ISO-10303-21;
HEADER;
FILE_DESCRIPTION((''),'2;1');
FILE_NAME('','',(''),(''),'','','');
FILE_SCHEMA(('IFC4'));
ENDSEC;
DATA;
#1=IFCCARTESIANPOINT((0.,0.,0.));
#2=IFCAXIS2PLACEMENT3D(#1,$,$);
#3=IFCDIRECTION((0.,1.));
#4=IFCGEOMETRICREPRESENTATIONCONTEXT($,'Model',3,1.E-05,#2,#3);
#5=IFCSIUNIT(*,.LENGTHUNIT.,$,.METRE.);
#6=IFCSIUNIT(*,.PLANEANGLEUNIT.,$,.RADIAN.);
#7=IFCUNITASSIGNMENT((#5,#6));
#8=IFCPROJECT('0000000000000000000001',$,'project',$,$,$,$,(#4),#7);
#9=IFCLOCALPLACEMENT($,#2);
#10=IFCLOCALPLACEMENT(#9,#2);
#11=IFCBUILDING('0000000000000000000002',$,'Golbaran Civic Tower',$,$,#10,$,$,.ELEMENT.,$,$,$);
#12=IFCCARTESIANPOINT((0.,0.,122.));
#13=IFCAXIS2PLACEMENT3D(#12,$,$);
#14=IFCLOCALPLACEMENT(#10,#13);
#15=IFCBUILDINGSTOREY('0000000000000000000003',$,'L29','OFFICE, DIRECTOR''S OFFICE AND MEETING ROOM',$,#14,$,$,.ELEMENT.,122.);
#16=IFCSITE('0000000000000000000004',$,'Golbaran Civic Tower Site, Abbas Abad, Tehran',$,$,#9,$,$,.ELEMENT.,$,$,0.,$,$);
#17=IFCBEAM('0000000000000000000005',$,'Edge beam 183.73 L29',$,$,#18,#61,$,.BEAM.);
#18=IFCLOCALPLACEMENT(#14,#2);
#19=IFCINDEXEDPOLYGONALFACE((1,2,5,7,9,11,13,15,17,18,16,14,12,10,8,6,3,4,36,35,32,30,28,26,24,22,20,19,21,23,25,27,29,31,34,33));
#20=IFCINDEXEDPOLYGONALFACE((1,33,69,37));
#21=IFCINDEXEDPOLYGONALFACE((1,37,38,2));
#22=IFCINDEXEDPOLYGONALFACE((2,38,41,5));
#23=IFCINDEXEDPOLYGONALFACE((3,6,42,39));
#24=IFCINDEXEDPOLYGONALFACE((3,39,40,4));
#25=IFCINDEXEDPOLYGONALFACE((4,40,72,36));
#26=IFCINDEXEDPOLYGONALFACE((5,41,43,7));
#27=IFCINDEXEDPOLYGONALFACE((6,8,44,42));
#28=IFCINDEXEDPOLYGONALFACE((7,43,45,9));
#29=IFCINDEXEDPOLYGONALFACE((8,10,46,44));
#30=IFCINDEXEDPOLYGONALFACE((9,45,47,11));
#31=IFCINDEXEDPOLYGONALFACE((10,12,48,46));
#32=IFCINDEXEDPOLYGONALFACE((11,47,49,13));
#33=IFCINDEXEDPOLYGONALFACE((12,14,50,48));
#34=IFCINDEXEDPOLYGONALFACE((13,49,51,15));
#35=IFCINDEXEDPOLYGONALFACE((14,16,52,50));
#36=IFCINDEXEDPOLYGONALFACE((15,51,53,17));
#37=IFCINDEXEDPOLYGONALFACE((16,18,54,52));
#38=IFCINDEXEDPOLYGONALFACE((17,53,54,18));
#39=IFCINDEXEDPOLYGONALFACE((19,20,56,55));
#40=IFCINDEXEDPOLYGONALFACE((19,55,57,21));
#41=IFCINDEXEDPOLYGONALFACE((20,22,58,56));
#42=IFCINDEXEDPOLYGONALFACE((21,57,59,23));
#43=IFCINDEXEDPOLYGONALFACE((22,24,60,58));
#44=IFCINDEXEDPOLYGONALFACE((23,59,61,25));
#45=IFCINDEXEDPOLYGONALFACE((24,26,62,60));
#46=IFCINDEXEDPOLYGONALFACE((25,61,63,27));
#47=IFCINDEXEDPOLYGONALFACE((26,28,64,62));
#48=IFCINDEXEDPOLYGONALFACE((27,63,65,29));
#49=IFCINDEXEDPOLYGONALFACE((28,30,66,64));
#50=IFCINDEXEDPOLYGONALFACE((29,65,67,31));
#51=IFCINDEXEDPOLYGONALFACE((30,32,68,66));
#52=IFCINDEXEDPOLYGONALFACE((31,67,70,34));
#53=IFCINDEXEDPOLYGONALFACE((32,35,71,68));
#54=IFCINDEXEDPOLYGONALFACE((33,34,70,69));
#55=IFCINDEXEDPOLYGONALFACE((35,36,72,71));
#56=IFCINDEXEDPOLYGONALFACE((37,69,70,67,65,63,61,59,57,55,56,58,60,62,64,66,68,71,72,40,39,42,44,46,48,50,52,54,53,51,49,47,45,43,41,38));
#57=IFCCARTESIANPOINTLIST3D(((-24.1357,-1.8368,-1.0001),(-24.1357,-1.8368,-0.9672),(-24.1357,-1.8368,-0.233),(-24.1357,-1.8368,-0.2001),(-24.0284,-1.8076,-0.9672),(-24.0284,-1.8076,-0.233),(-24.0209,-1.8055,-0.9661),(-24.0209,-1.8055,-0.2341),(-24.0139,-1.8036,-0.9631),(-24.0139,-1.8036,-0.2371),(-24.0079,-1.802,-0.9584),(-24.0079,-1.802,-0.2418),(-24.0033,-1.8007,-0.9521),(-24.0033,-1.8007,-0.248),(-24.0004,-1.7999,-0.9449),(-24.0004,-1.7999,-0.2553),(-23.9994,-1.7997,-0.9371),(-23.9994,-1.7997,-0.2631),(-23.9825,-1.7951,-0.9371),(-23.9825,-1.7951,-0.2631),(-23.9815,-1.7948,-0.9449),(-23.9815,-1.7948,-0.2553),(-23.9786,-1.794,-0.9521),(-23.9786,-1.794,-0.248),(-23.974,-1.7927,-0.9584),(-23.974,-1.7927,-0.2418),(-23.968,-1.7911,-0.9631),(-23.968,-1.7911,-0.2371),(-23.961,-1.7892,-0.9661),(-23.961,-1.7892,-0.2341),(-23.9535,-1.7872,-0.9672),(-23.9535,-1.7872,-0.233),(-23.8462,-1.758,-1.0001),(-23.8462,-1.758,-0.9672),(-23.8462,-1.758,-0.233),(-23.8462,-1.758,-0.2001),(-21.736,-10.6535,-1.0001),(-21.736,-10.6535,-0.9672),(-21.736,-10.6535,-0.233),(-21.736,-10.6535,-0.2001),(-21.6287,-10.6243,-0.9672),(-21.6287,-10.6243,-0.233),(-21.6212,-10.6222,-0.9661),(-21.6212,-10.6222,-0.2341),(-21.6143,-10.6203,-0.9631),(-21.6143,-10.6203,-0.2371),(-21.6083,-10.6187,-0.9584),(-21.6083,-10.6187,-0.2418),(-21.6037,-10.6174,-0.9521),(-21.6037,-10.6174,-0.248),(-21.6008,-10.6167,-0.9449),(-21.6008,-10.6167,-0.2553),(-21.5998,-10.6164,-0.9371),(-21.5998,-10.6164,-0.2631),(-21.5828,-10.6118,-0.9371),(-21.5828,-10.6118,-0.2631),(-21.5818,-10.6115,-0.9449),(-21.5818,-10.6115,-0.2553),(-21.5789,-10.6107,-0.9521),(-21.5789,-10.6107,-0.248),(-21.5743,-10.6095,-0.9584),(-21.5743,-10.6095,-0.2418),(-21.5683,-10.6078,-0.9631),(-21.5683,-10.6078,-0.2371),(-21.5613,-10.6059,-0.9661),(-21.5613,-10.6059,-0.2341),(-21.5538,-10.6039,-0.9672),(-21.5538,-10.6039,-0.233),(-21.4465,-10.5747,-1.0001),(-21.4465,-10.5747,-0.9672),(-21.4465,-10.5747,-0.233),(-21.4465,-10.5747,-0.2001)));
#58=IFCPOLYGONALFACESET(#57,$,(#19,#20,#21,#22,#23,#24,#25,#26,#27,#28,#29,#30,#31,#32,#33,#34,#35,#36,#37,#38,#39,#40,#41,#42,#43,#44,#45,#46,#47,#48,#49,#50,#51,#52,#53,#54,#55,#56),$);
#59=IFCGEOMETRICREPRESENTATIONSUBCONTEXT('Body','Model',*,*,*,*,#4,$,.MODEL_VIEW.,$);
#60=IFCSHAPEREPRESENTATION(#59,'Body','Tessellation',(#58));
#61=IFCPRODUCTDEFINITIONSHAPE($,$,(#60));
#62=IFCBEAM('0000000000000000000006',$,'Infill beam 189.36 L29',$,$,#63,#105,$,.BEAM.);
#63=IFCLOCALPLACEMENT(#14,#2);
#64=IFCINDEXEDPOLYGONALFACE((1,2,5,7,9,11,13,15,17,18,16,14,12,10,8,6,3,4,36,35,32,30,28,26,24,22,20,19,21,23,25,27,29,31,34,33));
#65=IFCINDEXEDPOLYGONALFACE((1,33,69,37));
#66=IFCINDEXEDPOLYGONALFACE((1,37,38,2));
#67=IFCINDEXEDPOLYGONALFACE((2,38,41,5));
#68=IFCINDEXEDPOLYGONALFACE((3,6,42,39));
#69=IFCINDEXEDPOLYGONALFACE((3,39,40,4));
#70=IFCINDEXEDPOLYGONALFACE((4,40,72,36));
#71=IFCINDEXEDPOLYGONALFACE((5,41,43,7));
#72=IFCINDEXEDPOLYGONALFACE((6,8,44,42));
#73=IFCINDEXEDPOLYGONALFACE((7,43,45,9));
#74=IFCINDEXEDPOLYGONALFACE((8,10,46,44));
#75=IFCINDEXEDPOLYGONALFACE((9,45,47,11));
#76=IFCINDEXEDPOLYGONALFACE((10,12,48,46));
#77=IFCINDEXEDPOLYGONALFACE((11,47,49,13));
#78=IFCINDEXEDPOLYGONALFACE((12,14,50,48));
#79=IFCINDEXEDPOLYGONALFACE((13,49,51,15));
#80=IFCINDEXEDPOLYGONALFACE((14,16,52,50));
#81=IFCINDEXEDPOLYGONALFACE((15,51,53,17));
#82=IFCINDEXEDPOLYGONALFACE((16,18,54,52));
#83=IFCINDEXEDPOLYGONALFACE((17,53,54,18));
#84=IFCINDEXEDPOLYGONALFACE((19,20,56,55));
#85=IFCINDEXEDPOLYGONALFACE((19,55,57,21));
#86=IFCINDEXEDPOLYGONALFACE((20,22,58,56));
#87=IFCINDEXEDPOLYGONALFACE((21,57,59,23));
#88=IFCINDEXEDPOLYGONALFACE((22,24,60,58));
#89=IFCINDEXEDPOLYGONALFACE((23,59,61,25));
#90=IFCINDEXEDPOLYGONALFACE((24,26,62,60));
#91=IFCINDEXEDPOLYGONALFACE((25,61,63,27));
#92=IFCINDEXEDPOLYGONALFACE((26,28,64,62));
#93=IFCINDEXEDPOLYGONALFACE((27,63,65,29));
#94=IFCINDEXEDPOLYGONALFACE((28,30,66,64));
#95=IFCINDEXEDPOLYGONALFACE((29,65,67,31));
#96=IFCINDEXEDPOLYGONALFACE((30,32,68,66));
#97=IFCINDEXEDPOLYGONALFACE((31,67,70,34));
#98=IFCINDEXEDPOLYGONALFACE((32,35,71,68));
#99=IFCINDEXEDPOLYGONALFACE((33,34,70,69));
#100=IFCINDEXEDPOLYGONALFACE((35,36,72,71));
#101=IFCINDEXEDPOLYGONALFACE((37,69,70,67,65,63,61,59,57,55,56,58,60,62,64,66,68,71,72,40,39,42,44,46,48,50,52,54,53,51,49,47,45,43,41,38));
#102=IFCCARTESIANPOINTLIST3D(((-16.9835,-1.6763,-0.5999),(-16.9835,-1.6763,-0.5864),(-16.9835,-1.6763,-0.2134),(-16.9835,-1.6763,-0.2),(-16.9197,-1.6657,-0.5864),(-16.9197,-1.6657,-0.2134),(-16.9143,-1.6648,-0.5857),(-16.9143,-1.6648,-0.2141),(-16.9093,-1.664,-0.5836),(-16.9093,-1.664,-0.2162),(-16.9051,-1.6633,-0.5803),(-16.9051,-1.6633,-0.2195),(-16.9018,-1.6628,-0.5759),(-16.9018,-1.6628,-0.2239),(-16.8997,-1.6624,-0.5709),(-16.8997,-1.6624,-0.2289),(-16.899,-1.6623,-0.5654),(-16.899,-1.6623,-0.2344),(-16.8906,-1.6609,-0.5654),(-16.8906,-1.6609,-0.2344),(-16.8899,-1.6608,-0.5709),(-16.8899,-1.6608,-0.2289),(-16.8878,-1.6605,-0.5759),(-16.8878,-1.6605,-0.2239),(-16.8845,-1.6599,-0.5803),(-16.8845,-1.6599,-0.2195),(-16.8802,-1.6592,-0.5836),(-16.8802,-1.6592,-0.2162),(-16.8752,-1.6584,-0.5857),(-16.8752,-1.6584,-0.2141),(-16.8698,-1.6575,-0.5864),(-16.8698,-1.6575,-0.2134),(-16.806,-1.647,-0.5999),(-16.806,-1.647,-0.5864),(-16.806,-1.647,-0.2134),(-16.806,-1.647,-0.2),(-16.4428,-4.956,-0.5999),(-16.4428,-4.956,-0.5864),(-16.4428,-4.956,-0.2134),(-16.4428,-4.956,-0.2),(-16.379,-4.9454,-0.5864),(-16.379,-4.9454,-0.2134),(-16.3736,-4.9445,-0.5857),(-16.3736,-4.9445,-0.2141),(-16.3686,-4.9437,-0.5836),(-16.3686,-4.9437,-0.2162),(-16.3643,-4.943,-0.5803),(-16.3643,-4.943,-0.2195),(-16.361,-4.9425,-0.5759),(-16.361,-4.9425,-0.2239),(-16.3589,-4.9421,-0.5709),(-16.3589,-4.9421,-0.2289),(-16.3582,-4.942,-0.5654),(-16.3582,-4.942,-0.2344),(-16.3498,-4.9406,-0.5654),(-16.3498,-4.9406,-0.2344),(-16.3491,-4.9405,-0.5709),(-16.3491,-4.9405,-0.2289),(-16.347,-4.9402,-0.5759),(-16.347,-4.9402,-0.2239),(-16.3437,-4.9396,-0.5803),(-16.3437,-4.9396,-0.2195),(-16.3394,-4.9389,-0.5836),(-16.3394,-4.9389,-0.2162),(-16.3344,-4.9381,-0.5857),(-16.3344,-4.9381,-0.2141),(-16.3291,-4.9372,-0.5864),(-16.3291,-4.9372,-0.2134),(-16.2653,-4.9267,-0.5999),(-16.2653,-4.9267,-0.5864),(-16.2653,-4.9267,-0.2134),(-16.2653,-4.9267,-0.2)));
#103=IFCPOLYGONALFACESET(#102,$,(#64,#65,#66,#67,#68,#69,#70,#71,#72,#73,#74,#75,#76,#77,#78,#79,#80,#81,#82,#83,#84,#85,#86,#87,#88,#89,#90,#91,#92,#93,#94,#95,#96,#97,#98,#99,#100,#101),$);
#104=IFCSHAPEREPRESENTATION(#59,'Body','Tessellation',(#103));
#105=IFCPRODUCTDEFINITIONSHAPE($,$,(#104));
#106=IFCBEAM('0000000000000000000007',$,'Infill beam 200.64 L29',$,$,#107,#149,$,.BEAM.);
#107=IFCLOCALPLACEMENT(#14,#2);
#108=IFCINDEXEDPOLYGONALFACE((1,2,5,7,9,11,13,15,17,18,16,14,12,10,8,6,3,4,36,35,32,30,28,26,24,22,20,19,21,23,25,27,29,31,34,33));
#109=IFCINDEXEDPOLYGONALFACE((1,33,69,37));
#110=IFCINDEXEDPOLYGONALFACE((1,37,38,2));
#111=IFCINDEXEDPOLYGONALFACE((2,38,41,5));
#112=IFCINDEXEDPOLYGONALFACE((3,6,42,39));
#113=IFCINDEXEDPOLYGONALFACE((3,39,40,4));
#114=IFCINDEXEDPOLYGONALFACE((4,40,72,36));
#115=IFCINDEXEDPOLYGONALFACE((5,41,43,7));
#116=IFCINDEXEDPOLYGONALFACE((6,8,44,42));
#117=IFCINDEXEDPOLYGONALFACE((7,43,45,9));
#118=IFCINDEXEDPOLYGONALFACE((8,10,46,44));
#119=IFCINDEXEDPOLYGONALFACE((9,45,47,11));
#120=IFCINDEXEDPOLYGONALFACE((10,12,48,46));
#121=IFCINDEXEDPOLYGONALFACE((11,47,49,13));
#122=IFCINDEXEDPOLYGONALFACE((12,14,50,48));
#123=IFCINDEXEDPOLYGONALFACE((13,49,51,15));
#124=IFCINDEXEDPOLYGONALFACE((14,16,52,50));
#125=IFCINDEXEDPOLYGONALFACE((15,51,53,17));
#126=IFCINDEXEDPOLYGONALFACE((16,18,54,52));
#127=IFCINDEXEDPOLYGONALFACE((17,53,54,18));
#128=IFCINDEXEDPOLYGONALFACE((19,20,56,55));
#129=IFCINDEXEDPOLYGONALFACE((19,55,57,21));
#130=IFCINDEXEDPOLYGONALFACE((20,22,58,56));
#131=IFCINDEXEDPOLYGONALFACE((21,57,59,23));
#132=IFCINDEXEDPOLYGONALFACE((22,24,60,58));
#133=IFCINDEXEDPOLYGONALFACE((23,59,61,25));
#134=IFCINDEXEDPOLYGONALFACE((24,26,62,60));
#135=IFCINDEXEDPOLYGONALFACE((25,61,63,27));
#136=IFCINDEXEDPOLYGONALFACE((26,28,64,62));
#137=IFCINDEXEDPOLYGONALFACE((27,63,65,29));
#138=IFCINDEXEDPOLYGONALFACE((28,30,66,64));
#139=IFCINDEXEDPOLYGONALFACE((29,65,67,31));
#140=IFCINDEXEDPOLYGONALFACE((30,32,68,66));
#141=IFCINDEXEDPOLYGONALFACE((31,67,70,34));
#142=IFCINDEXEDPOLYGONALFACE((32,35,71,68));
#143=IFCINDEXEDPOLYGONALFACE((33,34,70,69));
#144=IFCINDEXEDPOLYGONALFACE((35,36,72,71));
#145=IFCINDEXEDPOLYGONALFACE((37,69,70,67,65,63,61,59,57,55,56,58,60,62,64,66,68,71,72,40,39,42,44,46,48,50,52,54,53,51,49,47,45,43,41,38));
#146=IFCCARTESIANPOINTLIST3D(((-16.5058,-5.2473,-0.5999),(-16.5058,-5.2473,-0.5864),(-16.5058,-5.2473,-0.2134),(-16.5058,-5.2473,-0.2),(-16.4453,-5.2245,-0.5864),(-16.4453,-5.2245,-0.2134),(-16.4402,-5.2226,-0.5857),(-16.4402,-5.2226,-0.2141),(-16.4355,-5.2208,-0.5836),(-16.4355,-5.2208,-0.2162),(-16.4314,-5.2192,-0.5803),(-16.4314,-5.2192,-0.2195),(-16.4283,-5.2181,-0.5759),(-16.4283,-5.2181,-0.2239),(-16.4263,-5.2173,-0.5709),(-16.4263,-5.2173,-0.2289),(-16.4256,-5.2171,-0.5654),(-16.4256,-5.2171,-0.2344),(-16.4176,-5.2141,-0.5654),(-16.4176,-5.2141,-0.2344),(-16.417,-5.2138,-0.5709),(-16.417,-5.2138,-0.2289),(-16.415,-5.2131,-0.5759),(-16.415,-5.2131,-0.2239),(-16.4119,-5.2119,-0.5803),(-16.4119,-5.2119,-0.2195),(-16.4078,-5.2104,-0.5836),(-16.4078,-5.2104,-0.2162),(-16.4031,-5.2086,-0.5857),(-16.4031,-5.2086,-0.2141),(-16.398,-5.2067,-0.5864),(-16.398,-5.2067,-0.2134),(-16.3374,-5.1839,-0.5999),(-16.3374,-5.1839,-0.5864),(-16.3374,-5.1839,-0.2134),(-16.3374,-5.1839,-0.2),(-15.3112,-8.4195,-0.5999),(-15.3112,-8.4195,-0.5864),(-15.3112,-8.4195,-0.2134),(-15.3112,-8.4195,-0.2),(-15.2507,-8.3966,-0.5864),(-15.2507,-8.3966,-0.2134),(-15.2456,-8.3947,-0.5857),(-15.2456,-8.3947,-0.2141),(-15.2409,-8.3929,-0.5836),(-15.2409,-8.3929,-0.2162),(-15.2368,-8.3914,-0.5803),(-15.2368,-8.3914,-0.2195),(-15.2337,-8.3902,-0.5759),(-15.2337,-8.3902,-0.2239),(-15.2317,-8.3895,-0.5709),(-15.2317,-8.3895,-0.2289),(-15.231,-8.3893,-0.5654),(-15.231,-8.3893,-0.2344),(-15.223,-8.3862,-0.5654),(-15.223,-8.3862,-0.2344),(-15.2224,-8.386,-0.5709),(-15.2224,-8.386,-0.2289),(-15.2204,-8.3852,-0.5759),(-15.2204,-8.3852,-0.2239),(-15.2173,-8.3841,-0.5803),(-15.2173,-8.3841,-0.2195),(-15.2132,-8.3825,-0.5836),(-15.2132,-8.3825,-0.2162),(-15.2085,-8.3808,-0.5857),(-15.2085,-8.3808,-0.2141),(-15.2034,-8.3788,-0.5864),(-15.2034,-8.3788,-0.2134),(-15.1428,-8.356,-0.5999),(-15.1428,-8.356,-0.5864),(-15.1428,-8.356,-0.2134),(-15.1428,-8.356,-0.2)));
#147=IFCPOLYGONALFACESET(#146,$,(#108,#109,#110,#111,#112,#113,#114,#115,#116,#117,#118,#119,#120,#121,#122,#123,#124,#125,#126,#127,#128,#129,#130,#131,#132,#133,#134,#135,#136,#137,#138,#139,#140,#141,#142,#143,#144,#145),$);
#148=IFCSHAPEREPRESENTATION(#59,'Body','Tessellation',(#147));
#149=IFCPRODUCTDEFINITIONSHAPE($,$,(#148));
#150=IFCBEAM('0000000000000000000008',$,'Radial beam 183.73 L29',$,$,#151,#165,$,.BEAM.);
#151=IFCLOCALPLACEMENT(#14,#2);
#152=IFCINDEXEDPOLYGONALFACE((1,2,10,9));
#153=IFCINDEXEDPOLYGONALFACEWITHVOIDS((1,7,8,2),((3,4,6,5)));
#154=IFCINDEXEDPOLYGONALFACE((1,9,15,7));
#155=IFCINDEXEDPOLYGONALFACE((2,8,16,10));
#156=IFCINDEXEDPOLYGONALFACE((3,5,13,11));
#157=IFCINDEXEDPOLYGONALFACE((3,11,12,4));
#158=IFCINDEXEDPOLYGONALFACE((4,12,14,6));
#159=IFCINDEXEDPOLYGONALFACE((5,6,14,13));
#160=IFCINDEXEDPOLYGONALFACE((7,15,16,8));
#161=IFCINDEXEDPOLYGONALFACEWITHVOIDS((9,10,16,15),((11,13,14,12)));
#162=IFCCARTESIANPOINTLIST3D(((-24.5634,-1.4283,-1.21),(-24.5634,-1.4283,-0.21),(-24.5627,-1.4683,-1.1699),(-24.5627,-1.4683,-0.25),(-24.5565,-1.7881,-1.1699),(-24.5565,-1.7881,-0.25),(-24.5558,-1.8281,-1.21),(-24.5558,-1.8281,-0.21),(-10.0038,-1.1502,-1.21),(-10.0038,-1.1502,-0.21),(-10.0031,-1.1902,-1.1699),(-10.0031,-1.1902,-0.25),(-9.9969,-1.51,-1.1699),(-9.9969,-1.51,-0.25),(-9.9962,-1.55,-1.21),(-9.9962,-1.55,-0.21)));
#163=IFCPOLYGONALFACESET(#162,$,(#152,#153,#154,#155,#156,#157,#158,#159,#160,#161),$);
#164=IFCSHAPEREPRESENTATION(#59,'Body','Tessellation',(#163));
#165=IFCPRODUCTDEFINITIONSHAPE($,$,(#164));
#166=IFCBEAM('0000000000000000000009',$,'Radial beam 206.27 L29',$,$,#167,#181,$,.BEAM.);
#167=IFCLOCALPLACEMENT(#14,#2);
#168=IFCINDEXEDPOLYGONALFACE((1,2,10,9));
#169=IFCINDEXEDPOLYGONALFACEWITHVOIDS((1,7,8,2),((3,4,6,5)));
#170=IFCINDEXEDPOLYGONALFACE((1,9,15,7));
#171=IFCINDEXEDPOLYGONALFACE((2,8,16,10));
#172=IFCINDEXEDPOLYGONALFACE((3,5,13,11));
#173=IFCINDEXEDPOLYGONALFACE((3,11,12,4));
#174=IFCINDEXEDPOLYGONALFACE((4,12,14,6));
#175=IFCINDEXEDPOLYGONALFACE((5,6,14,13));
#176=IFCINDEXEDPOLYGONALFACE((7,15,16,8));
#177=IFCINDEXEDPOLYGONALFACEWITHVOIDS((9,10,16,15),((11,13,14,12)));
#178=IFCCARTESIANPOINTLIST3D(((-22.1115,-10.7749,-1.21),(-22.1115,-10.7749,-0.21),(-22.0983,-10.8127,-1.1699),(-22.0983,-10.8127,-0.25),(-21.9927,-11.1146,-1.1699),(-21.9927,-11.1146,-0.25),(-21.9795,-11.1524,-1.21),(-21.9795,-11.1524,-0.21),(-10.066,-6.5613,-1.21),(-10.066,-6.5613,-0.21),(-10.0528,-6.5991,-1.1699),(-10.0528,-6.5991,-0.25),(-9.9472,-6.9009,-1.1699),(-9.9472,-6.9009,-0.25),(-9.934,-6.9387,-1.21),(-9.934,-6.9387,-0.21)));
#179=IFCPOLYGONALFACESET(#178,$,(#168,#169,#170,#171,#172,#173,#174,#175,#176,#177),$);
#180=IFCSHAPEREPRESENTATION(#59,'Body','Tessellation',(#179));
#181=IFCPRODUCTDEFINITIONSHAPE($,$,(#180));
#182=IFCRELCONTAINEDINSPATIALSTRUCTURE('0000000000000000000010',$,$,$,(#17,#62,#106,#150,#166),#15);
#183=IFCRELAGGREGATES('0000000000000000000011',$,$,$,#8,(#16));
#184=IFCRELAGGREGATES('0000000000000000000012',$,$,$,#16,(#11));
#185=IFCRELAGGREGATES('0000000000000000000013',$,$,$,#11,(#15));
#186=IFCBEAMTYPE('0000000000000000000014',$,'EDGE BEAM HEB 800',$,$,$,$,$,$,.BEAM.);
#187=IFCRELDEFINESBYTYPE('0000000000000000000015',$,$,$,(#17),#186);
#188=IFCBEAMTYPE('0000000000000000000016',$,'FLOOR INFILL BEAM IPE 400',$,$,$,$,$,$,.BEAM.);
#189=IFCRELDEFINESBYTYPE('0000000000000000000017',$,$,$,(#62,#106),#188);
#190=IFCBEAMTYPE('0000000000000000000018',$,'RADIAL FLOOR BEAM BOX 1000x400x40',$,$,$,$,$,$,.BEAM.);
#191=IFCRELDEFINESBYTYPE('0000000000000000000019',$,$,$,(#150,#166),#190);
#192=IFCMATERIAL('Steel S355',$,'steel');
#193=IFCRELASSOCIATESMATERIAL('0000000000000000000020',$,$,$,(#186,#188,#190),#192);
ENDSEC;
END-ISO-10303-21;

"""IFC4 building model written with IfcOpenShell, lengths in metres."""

from ifc_helpers import new_model, si_unit, direction, frame, origin, origin_2d, place, context, subcontext, project, spatial, hollow_rectangle, i_section, extrude, material, material_profile, profile_set, type_object, element, save


model = new_model("IFC4")

# Units and contexts
model_context = context("Model", 3, precision=1e-05, world=origin(), true_north=direction((0.0, 1.0)))
body_context = subcontext(model_context, "Body", "Model", "MODEL_VIEW")
ifc_project = project(units=[si_unit("LENGTHUNIT", "METRE"), si_unit("PLANEANGLEUNIT", "RADIAN")], contexts=[model_context])

# Site, building, storey
site_placement = place(None, origin())
site = spatial("IfcSite", under=ifc_project, at=site_placement, Name="Golbaran Civic Tower Site, Abbas Abad, Tehran", CompositionType="ELEMENT", RefElevation=0.0)
building_placement = place(site_placement, origin())
building = spatial("IfcBuilding", under=site, at=building_placement, Name="Golbaran Civic Tower", CompositionType="ELEMENT")
storey_placement = place(building_placement, frame((0.0, 0.0, 122.0)))
storey = spatial("IfcBuildingStorey", under=building, at=storey_placement, Name="L29", Description="OFFICE, DIRECTOR'S OFFICE AND MEETING ROOM", CompositionType="ELEMENT", Elevation=122.0)

# Beams
ifc_material_1 = material(Name="Steel S355", Category="steel")
ifc_material_profile_1 = material_profile(ifc_material_1, i_section(OverallWidth=0.3, OverallDepth=0.8, WebThickness=0.0176, FlangeThickness=0.033, FilletRadius=0.03, at=origin_2d()), Name="HEB 800")
ifc_profile_set_1 = profile_set([ifc_material_profile_1], Name="Steel S355")
beam_type_1 = type_object("IfcBeamType", Name="EDGE BEAM HEB 800", PredefinedType="BEAM", material=ifc_profile_set_1)
beam_1_placement = place(storey_placement, frame((-23.991, -1.7974, -0.6001), z_axis=(0.26262, -0.964899, 0.0), x_axis=(0.964899, 0.26262, 0.0)))
element("IfcBeam", 1, at=beam_1_placement, inside=storey, type_object=beam_type_1, Name="Edge beam 183.73 L29", PredefinedType="BEAM", context=body_context, shape_type="SweptSolid", body=[
    extrude(i_section(OverallWidth=0.3, OverallDepth=0.8, WebThickness=0.0176, FlangeThickness=0.033, FilletRadius=0.03, at=origin_2d()), origin(), (0.0, 0.0, 1.0), 9.1375),
])
ifc_material_profile_2 = material_profile(ifc_material_1, i_section(OverallWidth=0.1799, OverallDepth=0.3999, WebThickness=0.0085, FlangeThickness=0.0134, FilletRadius=0.021, at=origin_2d()), Name="IPE 400")
ifc_profile_set_2 = profile_set([ifc_material_profile_2], Name="Steel S355")
beam_type_2 = type_object("IfcBeamType", Name="FLOOR INFILL BEAM IPE 400", PredefinedType="BEAM", material=ifc_profile_set_2)
beam_2_placement = place(storey_placement, frame((-16.8948, -1.6616, -0.3999), z_axis=(0.162684, -0.986678, 0.0), x_axis=(0.986678, 0.162684, 0.0)))
element("IfcBeam", 2, at=beam_2_placement, inside=storey, type_object=beam_type_2, Name="Infill beam 189.36 L29", PredefinedType="BEAM", context=body_context, shape_type="SweptSolid", body=[
    extrude(i_section(OverallWidth=0.1799, OverallDepth=0.3999, WebThickness=0.0085, FlangeThickness=0.0134, FilletRadius=0.021, at=origin_2d()), origin(), (0.0, 0.0, 1.0), 3.324),
])
beam_3_placement = place(storey_placement, frame((-16.4216, -5.2156, -0.3999), z_axis=(0.352425, -0.93584, 0.0), x_axis=(0.93584, 0.352425, 0.0)))
element("IfcBeam", 3, at=beam_3_placement, inside=storey, type_object=beam_type_2, Name="Infill beam 200.64 L29", PredefinedType="BEAM", context=body_context, shape_type="SweptSolid", body=[
    extrude(i_section(OverallWidth=0.1799, OverallDepth=0.3999, WebThickness=0.0085, FlangeThickness=0.0134, FilletRadius=0.021, at=origin_2d()), origin(), (0.0, 0.0, 1.0), 3.3896),
])
ifc_material_profile_3 = material_profile(ifc_material_1, hollow_rectangle(XDim=0.3999, YDim=1.0, WallThickness=0.04, at=origin_2d()), Name="BOX 1000x400x40")
ifc_profile_set_3 = profile_set([ifc_material_profile_3], Name="Steel S355")
beam_type_3 = type_object("IfcBeamType", Name="RADIAL FLOOR BEAM BOX 1000x400x40", PredefinedType="BEAM", material=ifc_profile_set_3)
beam_4_placement = place(storey_placement, frame((-10.0, -1.3501, -0.71), z_axis=(-0.999818, -0.019096, 0.0), x_axis=(0.019096, -0.999818, 0.0)))
element("IfcBeam", 4, at=beam_4_placement, inside=storey, type_object=beam_type_3, Name="Radial beam 183.73 L29", PredefinedType="BEAM", context=body_context, shape_type="SweptSolid", body=[
    extrude(hollow_rectangle(XDim=0.3999, YDim=1.0, WallThickness=0.04, at=origin_2d()), origin(), (0.0, 0.0, 1.0), 14.5623),
])
beam_5_placement = place(storey_placement, frame((-10.0, -6.75, -0.71), z_axis=(-0.943914, -0.330192, 0.0), x_axis=(0.330192, -0.943914, 0.0)))
element("IfcBeam", 5, at=beam_5_placement, inside=storey, type_object=beam_type_3, Name="Radial beam 206.27 L29", PredefinedType="BEAM", context=body_context, shape_type="SweptSolid", body=[
    extrude(hollow_rectangle(XDim=0.3999, YDim=1.0, WallThickness=0.04, at=origin_2d()), origin(), (0.0, 0.0, 1.0), 12.7612),
])

save(model, "model.ifc")
